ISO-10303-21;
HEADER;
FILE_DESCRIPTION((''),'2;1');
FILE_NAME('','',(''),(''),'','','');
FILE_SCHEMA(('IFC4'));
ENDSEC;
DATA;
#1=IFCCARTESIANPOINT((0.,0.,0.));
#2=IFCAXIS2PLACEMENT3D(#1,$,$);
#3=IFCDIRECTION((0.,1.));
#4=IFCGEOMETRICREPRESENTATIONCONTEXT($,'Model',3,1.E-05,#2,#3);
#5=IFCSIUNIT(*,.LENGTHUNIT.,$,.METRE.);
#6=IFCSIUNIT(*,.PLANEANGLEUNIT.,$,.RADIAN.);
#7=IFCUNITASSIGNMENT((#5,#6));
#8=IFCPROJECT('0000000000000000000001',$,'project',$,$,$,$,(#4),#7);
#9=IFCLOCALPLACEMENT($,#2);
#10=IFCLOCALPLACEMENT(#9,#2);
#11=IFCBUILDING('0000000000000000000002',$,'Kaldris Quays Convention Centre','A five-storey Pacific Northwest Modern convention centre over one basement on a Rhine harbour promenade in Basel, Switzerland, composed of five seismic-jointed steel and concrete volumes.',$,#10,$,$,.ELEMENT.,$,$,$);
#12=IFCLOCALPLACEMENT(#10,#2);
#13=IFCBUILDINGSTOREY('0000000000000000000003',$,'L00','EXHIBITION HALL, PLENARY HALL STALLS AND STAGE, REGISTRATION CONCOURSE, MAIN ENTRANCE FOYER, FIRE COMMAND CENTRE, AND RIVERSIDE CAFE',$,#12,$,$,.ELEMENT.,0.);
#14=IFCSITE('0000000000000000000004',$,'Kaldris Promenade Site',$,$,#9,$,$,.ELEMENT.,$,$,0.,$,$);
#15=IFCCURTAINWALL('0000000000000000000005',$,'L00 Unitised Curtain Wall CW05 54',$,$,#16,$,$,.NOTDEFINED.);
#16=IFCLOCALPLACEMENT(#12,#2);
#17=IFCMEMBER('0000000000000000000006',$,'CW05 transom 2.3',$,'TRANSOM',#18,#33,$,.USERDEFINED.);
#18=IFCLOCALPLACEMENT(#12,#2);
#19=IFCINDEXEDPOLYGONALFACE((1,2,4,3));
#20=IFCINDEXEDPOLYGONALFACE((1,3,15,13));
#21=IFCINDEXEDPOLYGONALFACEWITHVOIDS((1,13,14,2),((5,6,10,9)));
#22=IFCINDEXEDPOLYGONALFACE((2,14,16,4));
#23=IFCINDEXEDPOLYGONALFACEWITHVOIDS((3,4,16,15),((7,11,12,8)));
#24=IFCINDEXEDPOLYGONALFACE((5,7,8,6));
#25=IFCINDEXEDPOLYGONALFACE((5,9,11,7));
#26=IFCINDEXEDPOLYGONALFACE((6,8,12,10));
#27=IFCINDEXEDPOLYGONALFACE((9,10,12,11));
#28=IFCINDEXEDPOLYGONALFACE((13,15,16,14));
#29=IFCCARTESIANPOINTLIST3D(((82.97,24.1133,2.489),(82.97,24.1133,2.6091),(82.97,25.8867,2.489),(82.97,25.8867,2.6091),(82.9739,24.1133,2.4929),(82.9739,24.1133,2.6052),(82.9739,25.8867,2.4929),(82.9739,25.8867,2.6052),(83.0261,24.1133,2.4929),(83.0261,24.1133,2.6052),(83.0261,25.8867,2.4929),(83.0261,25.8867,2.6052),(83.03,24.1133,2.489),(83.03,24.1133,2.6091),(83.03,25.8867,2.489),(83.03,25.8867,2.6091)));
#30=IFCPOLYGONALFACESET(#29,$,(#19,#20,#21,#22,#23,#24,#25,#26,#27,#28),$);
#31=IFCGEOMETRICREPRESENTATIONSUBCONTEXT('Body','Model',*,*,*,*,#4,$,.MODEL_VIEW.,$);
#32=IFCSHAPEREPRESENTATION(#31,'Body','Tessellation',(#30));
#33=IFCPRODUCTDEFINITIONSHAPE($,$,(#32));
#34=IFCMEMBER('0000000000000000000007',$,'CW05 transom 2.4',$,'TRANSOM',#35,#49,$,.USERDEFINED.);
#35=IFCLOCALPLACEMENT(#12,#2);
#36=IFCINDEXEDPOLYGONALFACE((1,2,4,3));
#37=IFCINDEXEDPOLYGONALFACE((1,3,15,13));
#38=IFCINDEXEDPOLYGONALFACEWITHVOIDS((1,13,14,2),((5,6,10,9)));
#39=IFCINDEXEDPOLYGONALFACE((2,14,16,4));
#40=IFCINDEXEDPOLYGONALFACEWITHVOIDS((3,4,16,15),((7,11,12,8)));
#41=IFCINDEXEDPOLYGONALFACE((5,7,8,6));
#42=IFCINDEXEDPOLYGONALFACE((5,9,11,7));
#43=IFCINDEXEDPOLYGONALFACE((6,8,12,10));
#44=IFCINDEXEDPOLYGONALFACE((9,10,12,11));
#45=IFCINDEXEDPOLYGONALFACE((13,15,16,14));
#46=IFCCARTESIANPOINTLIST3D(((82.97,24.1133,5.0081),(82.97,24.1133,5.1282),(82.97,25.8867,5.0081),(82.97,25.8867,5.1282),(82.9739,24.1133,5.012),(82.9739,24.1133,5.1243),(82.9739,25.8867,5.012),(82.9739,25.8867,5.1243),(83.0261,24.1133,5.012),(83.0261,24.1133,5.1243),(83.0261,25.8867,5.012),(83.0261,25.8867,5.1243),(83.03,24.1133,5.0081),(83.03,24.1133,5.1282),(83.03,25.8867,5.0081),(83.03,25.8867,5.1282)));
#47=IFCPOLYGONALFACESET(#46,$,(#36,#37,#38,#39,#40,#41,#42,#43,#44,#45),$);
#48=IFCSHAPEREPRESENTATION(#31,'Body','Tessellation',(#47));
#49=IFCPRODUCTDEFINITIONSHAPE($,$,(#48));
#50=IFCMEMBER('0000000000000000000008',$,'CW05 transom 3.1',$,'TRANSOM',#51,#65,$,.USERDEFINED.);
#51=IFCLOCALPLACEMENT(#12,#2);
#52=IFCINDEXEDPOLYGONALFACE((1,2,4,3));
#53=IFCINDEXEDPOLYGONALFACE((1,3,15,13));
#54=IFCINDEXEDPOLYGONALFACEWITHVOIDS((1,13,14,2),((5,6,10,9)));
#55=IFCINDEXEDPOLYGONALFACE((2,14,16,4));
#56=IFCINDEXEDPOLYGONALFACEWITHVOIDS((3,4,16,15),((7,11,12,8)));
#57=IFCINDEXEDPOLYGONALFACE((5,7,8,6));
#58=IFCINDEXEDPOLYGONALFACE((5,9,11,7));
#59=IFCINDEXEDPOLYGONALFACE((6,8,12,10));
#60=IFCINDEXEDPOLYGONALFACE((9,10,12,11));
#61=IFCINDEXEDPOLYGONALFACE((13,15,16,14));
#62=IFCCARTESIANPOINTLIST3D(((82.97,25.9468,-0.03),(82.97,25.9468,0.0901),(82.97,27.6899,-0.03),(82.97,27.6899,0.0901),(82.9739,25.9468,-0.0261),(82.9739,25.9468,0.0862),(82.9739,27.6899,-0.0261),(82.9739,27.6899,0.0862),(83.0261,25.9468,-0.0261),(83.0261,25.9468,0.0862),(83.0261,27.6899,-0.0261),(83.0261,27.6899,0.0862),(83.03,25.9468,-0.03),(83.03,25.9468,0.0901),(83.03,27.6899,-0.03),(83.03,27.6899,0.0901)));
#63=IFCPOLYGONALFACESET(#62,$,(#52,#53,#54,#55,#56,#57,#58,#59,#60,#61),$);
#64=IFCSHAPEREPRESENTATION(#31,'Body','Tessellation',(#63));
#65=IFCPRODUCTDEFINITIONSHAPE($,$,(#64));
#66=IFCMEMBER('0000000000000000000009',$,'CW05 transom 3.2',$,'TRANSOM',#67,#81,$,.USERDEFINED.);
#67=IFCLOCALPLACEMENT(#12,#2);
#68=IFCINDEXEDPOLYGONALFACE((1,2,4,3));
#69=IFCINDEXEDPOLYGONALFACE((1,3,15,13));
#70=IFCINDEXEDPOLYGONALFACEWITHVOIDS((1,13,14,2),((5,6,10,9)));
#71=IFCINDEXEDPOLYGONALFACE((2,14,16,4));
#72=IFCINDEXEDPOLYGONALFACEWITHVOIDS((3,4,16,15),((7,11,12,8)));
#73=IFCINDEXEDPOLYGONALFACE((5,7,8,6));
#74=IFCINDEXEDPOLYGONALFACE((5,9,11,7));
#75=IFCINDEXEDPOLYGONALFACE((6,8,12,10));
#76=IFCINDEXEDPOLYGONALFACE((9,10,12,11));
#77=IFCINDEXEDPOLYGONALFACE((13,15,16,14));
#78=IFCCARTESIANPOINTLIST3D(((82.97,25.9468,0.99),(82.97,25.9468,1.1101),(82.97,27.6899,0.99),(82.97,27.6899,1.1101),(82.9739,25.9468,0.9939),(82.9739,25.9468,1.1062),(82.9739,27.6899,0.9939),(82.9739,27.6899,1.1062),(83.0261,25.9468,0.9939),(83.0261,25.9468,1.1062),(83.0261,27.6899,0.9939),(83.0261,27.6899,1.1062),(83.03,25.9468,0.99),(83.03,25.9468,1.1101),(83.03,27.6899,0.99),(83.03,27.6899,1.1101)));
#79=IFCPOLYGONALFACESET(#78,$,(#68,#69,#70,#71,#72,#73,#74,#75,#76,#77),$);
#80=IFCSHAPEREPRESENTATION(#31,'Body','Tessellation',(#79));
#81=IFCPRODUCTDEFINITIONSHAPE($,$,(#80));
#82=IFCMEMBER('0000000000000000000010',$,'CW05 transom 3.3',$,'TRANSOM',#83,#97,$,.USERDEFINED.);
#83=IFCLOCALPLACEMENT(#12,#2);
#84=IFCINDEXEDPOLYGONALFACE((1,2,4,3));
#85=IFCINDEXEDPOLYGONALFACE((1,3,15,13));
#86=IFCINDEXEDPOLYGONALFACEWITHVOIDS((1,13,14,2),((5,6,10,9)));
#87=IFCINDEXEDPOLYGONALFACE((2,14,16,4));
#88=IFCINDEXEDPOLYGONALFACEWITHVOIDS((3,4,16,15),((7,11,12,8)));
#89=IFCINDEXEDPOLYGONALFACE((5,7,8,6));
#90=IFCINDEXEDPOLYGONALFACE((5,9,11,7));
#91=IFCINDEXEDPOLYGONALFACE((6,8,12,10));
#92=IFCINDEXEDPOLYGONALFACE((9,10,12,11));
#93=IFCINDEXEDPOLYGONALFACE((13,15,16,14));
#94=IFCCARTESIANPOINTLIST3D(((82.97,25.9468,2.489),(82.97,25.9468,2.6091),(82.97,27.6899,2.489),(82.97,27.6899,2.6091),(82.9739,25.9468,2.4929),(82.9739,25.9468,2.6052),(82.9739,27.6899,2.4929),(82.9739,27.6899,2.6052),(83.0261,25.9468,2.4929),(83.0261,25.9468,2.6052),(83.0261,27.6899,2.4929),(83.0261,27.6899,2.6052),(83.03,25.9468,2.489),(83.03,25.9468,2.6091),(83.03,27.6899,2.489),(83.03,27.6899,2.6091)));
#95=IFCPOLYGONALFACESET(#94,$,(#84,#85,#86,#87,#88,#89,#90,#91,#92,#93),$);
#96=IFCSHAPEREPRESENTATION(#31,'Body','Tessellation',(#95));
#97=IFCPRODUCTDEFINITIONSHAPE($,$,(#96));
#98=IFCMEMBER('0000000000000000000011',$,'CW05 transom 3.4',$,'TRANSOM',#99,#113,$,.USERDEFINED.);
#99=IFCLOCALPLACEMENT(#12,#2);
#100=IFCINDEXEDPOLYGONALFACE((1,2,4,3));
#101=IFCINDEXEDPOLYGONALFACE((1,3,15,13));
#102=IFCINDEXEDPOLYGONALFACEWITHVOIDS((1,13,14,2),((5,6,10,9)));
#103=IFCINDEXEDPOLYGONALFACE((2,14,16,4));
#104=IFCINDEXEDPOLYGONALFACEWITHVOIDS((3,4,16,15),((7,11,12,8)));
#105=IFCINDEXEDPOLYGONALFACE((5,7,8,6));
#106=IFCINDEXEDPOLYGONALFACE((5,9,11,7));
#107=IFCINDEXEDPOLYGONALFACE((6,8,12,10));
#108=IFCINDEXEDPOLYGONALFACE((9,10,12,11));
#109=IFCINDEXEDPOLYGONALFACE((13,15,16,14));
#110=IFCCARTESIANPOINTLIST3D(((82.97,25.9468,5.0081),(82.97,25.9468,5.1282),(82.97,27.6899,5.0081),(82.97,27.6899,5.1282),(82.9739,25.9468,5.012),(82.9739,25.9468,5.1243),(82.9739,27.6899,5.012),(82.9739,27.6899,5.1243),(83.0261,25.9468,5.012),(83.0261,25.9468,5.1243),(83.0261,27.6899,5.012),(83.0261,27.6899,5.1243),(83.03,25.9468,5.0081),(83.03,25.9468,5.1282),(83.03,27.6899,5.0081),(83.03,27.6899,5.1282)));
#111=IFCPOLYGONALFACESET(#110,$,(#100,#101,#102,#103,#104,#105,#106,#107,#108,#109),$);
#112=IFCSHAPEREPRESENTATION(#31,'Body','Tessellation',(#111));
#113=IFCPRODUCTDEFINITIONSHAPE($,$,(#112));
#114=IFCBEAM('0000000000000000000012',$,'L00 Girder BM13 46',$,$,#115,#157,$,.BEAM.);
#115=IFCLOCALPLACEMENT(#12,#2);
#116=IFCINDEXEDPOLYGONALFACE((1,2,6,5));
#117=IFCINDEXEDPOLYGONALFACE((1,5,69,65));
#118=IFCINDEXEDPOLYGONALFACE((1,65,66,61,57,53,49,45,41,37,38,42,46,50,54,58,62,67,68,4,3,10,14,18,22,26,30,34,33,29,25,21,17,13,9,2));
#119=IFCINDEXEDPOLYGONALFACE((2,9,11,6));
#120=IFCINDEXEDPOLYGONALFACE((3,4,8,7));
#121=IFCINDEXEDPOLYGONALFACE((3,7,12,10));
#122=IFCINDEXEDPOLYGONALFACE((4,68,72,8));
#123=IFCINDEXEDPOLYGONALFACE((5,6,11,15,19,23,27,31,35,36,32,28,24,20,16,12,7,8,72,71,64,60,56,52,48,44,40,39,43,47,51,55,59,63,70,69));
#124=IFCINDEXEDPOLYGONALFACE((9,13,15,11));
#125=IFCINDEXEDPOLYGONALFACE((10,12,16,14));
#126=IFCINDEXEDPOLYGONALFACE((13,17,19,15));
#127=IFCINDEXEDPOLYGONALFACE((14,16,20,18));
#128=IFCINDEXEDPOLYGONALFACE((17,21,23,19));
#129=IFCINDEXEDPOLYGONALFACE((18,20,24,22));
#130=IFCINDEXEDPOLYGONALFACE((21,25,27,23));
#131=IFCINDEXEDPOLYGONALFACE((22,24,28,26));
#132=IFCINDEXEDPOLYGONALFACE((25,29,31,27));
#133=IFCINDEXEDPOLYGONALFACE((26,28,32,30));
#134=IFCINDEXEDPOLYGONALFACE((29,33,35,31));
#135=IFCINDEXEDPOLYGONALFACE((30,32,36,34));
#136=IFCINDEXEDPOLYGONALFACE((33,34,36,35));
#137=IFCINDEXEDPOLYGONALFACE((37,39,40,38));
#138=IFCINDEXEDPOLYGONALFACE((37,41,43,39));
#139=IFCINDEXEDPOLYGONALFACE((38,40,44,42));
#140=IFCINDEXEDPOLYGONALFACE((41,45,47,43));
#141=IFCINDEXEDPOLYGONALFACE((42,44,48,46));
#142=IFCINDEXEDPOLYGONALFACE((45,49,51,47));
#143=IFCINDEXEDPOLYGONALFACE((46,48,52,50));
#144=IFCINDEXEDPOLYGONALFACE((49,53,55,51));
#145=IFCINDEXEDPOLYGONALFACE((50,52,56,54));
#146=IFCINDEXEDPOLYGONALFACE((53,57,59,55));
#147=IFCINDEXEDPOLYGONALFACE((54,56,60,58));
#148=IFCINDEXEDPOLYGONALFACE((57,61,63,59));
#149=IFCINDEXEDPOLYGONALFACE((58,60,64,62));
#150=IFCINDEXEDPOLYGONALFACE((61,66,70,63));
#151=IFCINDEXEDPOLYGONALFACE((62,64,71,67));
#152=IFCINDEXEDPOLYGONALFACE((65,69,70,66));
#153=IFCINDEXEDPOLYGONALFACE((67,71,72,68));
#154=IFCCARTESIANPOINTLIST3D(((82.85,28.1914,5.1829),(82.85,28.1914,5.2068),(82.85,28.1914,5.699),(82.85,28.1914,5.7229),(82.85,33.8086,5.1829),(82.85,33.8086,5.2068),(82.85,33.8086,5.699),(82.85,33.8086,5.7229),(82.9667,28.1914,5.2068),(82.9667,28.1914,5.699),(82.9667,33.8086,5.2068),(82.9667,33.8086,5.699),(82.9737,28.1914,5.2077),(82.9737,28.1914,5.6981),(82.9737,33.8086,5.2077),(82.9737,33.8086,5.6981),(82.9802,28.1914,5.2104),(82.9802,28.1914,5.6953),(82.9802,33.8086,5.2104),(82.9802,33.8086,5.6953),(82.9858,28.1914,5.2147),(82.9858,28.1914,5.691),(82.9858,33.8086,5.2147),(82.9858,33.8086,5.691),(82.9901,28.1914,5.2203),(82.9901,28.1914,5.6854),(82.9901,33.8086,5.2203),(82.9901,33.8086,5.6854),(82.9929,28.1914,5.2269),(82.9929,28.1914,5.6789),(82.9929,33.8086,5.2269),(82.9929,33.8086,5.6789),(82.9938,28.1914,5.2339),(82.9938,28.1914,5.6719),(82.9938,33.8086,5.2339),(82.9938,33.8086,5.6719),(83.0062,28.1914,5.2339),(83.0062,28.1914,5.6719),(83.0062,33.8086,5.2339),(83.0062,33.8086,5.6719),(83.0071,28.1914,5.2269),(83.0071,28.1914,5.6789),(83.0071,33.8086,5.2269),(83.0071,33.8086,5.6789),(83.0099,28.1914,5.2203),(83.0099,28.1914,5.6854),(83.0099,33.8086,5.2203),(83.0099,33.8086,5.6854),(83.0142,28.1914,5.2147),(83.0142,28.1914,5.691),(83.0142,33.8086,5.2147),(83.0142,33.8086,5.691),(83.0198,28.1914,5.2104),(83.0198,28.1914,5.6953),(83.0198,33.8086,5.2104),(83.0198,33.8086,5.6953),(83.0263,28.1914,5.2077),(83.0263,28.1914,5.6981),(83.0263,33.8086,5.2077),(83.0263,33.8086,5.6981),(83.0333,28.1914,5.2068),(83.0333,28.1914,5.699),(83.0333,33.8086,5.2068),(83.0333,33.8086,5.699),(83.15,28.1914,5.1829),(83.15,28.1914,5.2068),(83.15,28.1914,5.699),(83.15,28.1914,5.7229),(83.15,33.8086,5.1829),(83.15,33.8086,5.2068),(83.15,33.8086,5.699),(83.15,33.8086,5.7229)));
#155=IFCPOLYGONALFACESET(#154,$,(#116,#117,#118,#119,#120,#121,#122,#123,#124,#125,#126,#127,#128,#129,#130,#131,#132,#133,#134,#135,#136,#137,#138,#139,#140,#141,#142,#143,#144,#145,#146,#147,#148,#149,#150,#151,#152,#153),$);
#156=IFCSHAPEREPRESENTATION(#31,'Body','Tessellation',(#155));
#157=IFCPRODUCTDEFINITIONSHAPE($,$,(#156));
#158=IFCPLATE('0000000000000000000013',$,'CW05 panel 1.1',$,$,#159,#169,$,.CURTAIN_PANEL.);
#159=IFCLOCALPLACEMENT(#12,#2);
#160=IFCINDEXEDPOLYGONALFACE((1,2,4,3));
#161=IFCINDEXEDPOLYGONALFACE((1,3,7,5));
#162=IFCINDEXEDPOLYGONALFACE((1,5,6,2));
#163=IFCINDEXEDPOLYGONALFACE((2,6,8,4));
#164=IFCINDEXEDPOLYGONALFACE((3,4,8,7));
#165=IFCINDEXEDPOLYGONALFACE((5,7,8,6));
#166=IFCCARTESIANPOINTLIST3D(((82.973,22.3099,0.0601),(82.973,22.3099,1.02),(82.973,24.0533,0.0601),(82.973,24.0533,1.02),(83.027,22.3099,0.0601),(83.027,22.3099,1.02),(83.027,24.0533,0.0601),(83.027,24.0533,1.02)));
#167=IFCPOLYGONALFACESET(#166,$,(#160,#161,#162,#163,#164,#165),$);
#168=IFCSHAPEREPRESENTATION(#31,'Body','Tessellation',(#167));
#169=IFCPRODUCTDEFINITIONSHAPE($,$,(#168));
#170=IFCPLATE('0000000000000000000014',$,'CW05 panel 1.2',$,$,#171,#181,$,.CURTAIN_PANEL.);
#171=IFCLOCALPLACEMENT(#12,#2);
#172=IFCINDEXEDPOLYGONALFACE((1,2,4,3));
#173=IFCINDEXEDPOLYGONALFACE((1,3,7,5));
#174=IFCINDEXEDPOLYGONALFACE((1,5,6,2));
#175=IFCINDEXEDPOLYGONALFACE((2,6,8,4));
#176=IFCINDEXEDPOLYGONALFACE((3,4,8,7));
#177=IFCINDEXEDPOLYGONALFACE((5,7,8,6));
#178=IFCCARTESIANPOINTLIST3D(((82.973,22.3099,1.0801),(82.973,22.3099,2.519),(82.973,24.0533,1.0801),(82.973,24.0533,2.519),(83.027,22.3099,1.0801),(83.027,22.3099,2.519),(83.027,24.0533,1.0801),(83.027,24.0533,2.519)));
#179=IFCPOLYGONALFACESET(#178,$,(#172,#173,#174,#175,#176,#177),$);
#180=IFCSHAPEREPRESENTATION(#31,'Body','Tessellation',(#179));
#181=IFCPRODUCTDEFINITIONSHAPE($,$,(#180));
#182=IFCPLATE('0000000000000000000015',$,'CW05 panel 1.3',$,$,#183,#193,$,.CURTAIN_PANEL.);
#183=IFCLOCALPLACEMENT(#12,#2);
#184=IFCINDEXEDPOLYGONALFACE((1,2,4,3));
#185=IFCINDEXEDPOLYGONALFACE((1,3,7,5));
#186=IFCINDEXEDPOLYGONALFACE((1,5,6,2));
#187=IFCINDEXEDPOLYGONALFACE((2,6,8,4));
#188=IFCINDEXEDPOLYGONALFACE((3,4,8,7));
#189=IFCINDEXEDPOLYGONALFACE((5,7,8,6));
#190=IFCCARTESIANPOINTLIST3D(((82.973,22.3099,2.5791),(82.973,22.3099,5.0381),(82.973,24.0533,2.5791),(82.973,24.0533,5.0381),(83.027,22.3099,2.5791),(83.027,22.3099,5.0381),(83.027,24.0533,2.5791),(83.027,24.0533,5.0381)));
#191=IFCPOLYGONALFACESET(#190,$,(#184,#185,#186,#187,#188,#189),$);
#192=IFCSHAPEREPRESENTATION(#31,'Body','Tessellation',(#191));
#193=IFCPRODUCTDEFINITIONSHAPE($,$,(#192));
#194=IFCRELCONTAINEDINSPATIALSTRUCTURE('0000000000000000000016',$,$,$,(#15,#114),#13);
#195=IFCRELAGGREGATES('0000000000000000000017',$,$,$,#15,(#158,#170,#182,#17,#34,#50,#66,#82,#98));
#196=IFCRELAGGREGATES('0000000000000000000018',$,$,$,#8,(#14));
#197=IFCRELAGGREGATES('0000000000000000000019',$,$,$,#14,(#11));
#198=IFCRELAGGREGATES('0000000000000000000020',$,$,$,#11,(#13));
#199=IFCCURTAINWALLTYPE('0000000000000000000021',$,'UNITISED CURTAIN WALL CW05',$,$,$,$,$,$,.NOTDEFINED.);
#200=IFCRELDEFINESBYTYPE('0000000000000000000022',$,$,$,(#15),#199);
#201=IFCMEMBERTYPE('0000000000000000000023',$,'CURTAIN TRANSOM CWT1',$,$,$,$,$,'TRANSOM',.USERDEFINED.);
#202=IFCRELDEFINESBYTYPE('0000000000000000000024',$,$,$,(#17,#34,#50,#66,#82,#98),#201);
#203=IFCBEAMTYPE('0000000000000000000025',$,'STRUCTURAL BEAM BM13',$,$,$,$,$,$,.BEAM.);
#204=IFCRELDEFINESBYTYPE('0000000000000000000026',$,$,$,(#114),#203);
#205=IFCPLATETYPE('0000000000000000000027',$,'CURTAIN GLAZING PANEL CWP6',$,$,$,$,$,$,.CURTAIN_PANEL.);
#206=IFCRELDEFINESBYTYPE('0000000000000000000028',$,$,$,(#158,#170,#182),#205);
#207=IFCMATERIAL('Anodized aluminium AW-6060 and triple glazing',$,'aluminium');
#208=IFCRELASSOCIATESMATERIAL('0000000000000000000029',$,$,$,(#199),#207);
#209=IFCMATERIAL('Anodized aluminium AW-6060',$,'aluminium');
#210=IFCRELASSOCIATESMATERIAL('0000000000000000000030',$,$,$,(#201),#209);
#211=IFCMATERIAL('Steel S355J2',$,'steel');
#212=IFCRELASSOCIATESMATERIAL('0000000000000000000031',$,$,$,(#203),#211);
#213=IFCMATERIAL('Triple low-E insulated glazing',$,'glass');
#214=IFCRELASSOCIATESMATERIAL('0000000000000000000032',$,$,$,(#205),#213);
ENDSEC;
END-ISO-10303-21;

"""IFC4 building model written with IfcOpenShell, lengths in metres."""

from ifc_helpers import new_model, si_unit, direction, frame, origin, origin_2d, place, context, subcontext, project, spatial, rectangle, hollow_rectangle, i_section, extrude, material, material_profile, profile_set, type_object, element, aggregate, save


model = new_model("IFC4")

# Units and contexts
model_context = context("Model", 3, precision=1e-05, world=origin(), true_north=direction((0.0, 1.0)))
body_context = subcontext(model_context, "Body", "Model", "MODEL_VIEW")
ifc_project = project(units=[si_unit("LENGTHUNIT", "METRE"), si_unit("PLANEANGLEUNIT", "RADIAN")], contexts=[model_context])

# Site, building, storey
site_placement = place(None, origin())
site = spatial("IfcSite", under=ifc_project, at=site_placement, Name="Kaldris Promenade Site", CompositionType="ELEMENT", RefElevation=0.0)
building_placement = place(site_placement, origin())
building = spatial("IfcBuilding", under=site, at=building_placement, Name="Kaldris Quays Convention Centre", Description="A five-storey Pacific Northwest Modern convention centre over one basement on a Rhine harbour promenade in Basel, Switzerland, composed of five seismic-jointed steel and concrete volumes.", CompositionType="ELEMENT")
storey_placement = place(building_placement, origin())
storey = spatial("IfcBuildingStorey", under=building, at=storey_placement, Name="L00", Description="EXHIBITION HALL, PLENARY HALL STALLS AND STAGE, REGISTRATION CONCOURSE, MAIN ENTRANCE FOYER, FIRE COMMAND CENTRE, AND RIVERSIDE CAFE", CompositionType="ELEMENT", Elevation=0.0)

# Curtain wall, members
ifc_material_1 = material(Name="Anodized aluminium AW-6060 and triple glazing", Category="aluminium")
curtain_wall_type = type_object("IfcCurtainWallType", Name="UNITISED CURTAIN WALL CW05", PredefinedType="NOTDEFINED", material=ifc_material_1)
curtain_wall_placement = place(storey_placement, origin())
curtain_wall = element("IfcCurtainWall", 1, at=curtain_wall_placement, inside=storey, type_object=curtain_wall_type, Name="L00 Unitised Curtain Wall CW05 54", PredefinedType="NOTDEFINED")
ifc_material_2 = material(Name="Anodized aluminium AW-6060", Category="aluminium")
ifc_material_profile_1 = material_profile(ifc_material_2, hollow_rectangle(XDim=0.0601, YDim=0.1201, WallThickness=0.0039, at=origin_2d()), Name="RHS 120x60x4")
ifc_profile_set_1 = profile_set([ifc_material_profile_1], Name="Anodized aluminium AW-6060")
member_type_1 = type_object("IfcMemberType", Name="CURTAIN TRANSOM CWT1", ElementType="TRANSOM", PredefinedType="USERDEFINED", material=ifc_profile_set_1)
member_1_placement = place(storey_placement, frame((83.0, 24.1133, 2.5491), z_axis=(0.0, 1.0, 0.0), x_axis=(-1.0, 0.0, 0.0)))
member_1 = element("IfcMember", 2, at=member_1_placement, type_object=member_type_1, Name="CW05 transom 2.3", ObjectType="TRANSOM", PredefinedType="USERDEFINED", context=body_context, shape_type="SweptSolid", body=[
    extrude(hollow_rectangle(XDim=0.0601, YDim=0.1201, WallThickness=0.0039, at=origin_2d()), origin(), (0.0, 0.0, 1.0), 1.7734),
])
member_2_placement = place(storey_placement, frame((83.0, 24.1133, 5.0681), z_axis=(0.0, 1.0, 0.0), x_axis=(-1.0, 0.0, 0.0)))
member_2 = element("IfcMember", 3, at=member_2_placement, type_object=member_type_1, Name="CW05 transom 2.4", ObjectType="TRANSOM", PredefinedType="USERDEFINED", context=body_context, shape_type="SweptSolid", body=[
    extrude(hollow_rectangle(XDim=0.0601, YDim=0.1201, WallThickness=0.0039, at=origin_2d()), origin(), (0.0, 0.0, 1.0), 1.7734),
])
member_3_placement = place(storey_placement, frame((83.0, 25.9468, 0.03), z_axis=(0.0, 1.0, 0.0), x_axis=(-1.0, 0.0, 0.0)))
member_3 = element("IfcMember", 4, at=member_3_placement, type_object=member_type_1, Name="CW05 transom 3.1", ObjectType="TRANSOM", PredefinedType="USERDEFINED", context=body_context, shape_type="SweptSolid", body=[
    extrude(hollow_rectangle(XDim=0.0601, YDim=0.1201, WallThickness=0.0039, at=origin_2d()), origin(), (0.0, 0.0, 1.0), 1.7432),
])
member_4_placement = place(storey_placement, frame((83.0, 25.9468, 1.05), z_axis=(0.0, 1.0, 0.0), x_axis=(-1.0, 0.0, 0.0)))
member_4 = element("IfcMember", 5, at=member_4_placement, type_object=member_type_1, Name="CW05 transom 3.2", ObjectType="TRANSOM", PredefinedType="USERDEFINED", context=body_context, shape_type="SweptSolid", body=[
    extrude(hollow_rectangle(XDim=0.0601, YDim=0.1201, WallThickness=0.0039, at=origin_2d()), origin(), (0.0, 0.0, 1.0), 1.7432),
])
member_5_placement = place(storey_placement, frame((83.0, 25.9468, 2.5491), z_axis=(0.0, 1.0, 0.0), x_axis=(-1.0, 0.0, 0.0)))
member_5 = element("IfcMember", 6, at=member_5_placement, type_object=member_type_1, Name="CW05 transom 3.3", ObjectType="TRANSOM", PredefinedType="USERDEFINED", context=body_context, shape_type="SweptSolid", body=[
    extrude(hollow_rectangle(XDim=0.0601, YDim=0.1201, WallThickness=0.0039, at=origin_2d()), origin(), (0.0, 0.0, 1.0), 1.7432),
])
member_6_placement = place(storey_placement, frame((83.0, 25.9468, 5.0681), z_axis=(0.0, 1.0, 0.0), x_axis=(-1.0, 0.0, 0.0)))
member_6 = element("IfcMember", 7, at=member_6_placement, type_object=member_type_1, Name="CW05 transom 3.4", ObjectType="TRANSOM", PredefinedType="USERDEFINED", context=body_context, shape_type="SweptSolid", body=[
    extrude(hollow_rectangle(XDim=0.0601, YDim=0.1201, WallThickness=0.0039, at=origin_2d()), origin(), (0.0, 0.0, 1.0), 1.7432),
])

# Beam
ifc_material_3 = material(Name="Steel S355J2", Category="steel")
ifc_material_profile_2 = material_profile(ifc_material_3, i_section(OverallWidth=0.3, OverallDepth=0.54, WebThickness=0.0125, FlangeThickness=0.0239, FilletRadius=0.0271, at=origin_2d()), Name="HEA 550")
ifc_profile_set_2 = profile_set([ifc_material_profile_2], Name="Steel S355J2")
beam_type = type_object("IfcBeamType", Name="STRUCTURAL BEAM BM13", PredefinedType="BEAM", material=ifc_profile_set_2)
beam_placement = place(storey_placement, frame((83.0, 28.1914, 5.4529), z_axis=(0.0, 1.0, 0.0), x_axis=(-1.0, 0.0, 0.0)))
element("IfcBeam", 8, at=beam_placement, inside=storey, type_object=beam_type, Name="L00 Girder BM13 46", PredefinedType="BEAM", context=body_context, shape_type="SweptSolid", body=[
    extrude(i_section(OverallWidth=0.3, OverallDepth=0.54, WebThickness=0.0125, FlangeThickness=0.0239, FilletRadius=0.0271, at=origin_2d()), origin(), (0.0, 0.0, 1.0), 5.6172),
])

# Plates
ifc_material_4 = material(Name="Triple low-E insulated glazing", Category="glass")
plate_type = type_object("IfcPlateType", Name="CURTAIN GLAZING PANEL CWP6", PredefinedType="CURTAIN_PANEL", material=ifc_material_4)
plate_1_placement = place(storey_placement, frame((83.0, 23.1816, 0.0601), z_axis=(0.0, 0.0, 1.0), x_axis=(0.0, 1.0, 0.0)))
plate_1 = element("IfcPlate", 9, at=plate_1_placement, type_object=plate_type, Name="CW05 panel 1.1", PredefinedType="CURTAIN_PANEL", context=body_context, shape_type="SweptSolid", body=[
    extrude(rectangle(XDim=1.7434, YDim=0.054, at=origin_2d()), origin(), (0.0, 0.0, 1.0), 0.96),
])
plate_2_placement = place(storey_placement, frame((83.0, 23.1816, 1.0801), z_axis=(0.0, 0.0, 1.0), x_axis=(0.0, 1.0, 0.0)))
plate_2 = element("IfcPlate", 10, at=plate_2_placement, type_object=plate_type, Name="CW05 panel 1.2", PredefinedType="CURTAIN_PANEL", context=body_context, shape_type="SweptSolid", body=[
    extrude(rectangle(XDim=1.7434, YDim=0.054, at=origin_2d()), origin(), (0.0, 0.0, 1.0), 1.439),
])
plate_3_placement = place(storey_placement, frame((83.0, 23.1816, 2.5791), z_axis=(0.0, 0.0, 1.0), x_axis=(0.0, 1.0, 0.0)))
plate_3 = element("IfcPlate", 11, at=plate_3_placement, type_object=plate_type, Name="CW05 panel 1.3", PredefinedType="CURTAIN_PANEL", context=body_context, shape_type="SweptSolid", body=[
    extrude(rectangle(XDim=1.7434, YDim=0.054, at=origin_2d()), origin(), (0.0, 0.0, 1.0), 2.459),
])
aggregate(curtain_wall, [plate_1, plate_2, plate_3, member_1, member_2, member_3, member_4, member_5, member_6])

save(model, "model.ifc")
